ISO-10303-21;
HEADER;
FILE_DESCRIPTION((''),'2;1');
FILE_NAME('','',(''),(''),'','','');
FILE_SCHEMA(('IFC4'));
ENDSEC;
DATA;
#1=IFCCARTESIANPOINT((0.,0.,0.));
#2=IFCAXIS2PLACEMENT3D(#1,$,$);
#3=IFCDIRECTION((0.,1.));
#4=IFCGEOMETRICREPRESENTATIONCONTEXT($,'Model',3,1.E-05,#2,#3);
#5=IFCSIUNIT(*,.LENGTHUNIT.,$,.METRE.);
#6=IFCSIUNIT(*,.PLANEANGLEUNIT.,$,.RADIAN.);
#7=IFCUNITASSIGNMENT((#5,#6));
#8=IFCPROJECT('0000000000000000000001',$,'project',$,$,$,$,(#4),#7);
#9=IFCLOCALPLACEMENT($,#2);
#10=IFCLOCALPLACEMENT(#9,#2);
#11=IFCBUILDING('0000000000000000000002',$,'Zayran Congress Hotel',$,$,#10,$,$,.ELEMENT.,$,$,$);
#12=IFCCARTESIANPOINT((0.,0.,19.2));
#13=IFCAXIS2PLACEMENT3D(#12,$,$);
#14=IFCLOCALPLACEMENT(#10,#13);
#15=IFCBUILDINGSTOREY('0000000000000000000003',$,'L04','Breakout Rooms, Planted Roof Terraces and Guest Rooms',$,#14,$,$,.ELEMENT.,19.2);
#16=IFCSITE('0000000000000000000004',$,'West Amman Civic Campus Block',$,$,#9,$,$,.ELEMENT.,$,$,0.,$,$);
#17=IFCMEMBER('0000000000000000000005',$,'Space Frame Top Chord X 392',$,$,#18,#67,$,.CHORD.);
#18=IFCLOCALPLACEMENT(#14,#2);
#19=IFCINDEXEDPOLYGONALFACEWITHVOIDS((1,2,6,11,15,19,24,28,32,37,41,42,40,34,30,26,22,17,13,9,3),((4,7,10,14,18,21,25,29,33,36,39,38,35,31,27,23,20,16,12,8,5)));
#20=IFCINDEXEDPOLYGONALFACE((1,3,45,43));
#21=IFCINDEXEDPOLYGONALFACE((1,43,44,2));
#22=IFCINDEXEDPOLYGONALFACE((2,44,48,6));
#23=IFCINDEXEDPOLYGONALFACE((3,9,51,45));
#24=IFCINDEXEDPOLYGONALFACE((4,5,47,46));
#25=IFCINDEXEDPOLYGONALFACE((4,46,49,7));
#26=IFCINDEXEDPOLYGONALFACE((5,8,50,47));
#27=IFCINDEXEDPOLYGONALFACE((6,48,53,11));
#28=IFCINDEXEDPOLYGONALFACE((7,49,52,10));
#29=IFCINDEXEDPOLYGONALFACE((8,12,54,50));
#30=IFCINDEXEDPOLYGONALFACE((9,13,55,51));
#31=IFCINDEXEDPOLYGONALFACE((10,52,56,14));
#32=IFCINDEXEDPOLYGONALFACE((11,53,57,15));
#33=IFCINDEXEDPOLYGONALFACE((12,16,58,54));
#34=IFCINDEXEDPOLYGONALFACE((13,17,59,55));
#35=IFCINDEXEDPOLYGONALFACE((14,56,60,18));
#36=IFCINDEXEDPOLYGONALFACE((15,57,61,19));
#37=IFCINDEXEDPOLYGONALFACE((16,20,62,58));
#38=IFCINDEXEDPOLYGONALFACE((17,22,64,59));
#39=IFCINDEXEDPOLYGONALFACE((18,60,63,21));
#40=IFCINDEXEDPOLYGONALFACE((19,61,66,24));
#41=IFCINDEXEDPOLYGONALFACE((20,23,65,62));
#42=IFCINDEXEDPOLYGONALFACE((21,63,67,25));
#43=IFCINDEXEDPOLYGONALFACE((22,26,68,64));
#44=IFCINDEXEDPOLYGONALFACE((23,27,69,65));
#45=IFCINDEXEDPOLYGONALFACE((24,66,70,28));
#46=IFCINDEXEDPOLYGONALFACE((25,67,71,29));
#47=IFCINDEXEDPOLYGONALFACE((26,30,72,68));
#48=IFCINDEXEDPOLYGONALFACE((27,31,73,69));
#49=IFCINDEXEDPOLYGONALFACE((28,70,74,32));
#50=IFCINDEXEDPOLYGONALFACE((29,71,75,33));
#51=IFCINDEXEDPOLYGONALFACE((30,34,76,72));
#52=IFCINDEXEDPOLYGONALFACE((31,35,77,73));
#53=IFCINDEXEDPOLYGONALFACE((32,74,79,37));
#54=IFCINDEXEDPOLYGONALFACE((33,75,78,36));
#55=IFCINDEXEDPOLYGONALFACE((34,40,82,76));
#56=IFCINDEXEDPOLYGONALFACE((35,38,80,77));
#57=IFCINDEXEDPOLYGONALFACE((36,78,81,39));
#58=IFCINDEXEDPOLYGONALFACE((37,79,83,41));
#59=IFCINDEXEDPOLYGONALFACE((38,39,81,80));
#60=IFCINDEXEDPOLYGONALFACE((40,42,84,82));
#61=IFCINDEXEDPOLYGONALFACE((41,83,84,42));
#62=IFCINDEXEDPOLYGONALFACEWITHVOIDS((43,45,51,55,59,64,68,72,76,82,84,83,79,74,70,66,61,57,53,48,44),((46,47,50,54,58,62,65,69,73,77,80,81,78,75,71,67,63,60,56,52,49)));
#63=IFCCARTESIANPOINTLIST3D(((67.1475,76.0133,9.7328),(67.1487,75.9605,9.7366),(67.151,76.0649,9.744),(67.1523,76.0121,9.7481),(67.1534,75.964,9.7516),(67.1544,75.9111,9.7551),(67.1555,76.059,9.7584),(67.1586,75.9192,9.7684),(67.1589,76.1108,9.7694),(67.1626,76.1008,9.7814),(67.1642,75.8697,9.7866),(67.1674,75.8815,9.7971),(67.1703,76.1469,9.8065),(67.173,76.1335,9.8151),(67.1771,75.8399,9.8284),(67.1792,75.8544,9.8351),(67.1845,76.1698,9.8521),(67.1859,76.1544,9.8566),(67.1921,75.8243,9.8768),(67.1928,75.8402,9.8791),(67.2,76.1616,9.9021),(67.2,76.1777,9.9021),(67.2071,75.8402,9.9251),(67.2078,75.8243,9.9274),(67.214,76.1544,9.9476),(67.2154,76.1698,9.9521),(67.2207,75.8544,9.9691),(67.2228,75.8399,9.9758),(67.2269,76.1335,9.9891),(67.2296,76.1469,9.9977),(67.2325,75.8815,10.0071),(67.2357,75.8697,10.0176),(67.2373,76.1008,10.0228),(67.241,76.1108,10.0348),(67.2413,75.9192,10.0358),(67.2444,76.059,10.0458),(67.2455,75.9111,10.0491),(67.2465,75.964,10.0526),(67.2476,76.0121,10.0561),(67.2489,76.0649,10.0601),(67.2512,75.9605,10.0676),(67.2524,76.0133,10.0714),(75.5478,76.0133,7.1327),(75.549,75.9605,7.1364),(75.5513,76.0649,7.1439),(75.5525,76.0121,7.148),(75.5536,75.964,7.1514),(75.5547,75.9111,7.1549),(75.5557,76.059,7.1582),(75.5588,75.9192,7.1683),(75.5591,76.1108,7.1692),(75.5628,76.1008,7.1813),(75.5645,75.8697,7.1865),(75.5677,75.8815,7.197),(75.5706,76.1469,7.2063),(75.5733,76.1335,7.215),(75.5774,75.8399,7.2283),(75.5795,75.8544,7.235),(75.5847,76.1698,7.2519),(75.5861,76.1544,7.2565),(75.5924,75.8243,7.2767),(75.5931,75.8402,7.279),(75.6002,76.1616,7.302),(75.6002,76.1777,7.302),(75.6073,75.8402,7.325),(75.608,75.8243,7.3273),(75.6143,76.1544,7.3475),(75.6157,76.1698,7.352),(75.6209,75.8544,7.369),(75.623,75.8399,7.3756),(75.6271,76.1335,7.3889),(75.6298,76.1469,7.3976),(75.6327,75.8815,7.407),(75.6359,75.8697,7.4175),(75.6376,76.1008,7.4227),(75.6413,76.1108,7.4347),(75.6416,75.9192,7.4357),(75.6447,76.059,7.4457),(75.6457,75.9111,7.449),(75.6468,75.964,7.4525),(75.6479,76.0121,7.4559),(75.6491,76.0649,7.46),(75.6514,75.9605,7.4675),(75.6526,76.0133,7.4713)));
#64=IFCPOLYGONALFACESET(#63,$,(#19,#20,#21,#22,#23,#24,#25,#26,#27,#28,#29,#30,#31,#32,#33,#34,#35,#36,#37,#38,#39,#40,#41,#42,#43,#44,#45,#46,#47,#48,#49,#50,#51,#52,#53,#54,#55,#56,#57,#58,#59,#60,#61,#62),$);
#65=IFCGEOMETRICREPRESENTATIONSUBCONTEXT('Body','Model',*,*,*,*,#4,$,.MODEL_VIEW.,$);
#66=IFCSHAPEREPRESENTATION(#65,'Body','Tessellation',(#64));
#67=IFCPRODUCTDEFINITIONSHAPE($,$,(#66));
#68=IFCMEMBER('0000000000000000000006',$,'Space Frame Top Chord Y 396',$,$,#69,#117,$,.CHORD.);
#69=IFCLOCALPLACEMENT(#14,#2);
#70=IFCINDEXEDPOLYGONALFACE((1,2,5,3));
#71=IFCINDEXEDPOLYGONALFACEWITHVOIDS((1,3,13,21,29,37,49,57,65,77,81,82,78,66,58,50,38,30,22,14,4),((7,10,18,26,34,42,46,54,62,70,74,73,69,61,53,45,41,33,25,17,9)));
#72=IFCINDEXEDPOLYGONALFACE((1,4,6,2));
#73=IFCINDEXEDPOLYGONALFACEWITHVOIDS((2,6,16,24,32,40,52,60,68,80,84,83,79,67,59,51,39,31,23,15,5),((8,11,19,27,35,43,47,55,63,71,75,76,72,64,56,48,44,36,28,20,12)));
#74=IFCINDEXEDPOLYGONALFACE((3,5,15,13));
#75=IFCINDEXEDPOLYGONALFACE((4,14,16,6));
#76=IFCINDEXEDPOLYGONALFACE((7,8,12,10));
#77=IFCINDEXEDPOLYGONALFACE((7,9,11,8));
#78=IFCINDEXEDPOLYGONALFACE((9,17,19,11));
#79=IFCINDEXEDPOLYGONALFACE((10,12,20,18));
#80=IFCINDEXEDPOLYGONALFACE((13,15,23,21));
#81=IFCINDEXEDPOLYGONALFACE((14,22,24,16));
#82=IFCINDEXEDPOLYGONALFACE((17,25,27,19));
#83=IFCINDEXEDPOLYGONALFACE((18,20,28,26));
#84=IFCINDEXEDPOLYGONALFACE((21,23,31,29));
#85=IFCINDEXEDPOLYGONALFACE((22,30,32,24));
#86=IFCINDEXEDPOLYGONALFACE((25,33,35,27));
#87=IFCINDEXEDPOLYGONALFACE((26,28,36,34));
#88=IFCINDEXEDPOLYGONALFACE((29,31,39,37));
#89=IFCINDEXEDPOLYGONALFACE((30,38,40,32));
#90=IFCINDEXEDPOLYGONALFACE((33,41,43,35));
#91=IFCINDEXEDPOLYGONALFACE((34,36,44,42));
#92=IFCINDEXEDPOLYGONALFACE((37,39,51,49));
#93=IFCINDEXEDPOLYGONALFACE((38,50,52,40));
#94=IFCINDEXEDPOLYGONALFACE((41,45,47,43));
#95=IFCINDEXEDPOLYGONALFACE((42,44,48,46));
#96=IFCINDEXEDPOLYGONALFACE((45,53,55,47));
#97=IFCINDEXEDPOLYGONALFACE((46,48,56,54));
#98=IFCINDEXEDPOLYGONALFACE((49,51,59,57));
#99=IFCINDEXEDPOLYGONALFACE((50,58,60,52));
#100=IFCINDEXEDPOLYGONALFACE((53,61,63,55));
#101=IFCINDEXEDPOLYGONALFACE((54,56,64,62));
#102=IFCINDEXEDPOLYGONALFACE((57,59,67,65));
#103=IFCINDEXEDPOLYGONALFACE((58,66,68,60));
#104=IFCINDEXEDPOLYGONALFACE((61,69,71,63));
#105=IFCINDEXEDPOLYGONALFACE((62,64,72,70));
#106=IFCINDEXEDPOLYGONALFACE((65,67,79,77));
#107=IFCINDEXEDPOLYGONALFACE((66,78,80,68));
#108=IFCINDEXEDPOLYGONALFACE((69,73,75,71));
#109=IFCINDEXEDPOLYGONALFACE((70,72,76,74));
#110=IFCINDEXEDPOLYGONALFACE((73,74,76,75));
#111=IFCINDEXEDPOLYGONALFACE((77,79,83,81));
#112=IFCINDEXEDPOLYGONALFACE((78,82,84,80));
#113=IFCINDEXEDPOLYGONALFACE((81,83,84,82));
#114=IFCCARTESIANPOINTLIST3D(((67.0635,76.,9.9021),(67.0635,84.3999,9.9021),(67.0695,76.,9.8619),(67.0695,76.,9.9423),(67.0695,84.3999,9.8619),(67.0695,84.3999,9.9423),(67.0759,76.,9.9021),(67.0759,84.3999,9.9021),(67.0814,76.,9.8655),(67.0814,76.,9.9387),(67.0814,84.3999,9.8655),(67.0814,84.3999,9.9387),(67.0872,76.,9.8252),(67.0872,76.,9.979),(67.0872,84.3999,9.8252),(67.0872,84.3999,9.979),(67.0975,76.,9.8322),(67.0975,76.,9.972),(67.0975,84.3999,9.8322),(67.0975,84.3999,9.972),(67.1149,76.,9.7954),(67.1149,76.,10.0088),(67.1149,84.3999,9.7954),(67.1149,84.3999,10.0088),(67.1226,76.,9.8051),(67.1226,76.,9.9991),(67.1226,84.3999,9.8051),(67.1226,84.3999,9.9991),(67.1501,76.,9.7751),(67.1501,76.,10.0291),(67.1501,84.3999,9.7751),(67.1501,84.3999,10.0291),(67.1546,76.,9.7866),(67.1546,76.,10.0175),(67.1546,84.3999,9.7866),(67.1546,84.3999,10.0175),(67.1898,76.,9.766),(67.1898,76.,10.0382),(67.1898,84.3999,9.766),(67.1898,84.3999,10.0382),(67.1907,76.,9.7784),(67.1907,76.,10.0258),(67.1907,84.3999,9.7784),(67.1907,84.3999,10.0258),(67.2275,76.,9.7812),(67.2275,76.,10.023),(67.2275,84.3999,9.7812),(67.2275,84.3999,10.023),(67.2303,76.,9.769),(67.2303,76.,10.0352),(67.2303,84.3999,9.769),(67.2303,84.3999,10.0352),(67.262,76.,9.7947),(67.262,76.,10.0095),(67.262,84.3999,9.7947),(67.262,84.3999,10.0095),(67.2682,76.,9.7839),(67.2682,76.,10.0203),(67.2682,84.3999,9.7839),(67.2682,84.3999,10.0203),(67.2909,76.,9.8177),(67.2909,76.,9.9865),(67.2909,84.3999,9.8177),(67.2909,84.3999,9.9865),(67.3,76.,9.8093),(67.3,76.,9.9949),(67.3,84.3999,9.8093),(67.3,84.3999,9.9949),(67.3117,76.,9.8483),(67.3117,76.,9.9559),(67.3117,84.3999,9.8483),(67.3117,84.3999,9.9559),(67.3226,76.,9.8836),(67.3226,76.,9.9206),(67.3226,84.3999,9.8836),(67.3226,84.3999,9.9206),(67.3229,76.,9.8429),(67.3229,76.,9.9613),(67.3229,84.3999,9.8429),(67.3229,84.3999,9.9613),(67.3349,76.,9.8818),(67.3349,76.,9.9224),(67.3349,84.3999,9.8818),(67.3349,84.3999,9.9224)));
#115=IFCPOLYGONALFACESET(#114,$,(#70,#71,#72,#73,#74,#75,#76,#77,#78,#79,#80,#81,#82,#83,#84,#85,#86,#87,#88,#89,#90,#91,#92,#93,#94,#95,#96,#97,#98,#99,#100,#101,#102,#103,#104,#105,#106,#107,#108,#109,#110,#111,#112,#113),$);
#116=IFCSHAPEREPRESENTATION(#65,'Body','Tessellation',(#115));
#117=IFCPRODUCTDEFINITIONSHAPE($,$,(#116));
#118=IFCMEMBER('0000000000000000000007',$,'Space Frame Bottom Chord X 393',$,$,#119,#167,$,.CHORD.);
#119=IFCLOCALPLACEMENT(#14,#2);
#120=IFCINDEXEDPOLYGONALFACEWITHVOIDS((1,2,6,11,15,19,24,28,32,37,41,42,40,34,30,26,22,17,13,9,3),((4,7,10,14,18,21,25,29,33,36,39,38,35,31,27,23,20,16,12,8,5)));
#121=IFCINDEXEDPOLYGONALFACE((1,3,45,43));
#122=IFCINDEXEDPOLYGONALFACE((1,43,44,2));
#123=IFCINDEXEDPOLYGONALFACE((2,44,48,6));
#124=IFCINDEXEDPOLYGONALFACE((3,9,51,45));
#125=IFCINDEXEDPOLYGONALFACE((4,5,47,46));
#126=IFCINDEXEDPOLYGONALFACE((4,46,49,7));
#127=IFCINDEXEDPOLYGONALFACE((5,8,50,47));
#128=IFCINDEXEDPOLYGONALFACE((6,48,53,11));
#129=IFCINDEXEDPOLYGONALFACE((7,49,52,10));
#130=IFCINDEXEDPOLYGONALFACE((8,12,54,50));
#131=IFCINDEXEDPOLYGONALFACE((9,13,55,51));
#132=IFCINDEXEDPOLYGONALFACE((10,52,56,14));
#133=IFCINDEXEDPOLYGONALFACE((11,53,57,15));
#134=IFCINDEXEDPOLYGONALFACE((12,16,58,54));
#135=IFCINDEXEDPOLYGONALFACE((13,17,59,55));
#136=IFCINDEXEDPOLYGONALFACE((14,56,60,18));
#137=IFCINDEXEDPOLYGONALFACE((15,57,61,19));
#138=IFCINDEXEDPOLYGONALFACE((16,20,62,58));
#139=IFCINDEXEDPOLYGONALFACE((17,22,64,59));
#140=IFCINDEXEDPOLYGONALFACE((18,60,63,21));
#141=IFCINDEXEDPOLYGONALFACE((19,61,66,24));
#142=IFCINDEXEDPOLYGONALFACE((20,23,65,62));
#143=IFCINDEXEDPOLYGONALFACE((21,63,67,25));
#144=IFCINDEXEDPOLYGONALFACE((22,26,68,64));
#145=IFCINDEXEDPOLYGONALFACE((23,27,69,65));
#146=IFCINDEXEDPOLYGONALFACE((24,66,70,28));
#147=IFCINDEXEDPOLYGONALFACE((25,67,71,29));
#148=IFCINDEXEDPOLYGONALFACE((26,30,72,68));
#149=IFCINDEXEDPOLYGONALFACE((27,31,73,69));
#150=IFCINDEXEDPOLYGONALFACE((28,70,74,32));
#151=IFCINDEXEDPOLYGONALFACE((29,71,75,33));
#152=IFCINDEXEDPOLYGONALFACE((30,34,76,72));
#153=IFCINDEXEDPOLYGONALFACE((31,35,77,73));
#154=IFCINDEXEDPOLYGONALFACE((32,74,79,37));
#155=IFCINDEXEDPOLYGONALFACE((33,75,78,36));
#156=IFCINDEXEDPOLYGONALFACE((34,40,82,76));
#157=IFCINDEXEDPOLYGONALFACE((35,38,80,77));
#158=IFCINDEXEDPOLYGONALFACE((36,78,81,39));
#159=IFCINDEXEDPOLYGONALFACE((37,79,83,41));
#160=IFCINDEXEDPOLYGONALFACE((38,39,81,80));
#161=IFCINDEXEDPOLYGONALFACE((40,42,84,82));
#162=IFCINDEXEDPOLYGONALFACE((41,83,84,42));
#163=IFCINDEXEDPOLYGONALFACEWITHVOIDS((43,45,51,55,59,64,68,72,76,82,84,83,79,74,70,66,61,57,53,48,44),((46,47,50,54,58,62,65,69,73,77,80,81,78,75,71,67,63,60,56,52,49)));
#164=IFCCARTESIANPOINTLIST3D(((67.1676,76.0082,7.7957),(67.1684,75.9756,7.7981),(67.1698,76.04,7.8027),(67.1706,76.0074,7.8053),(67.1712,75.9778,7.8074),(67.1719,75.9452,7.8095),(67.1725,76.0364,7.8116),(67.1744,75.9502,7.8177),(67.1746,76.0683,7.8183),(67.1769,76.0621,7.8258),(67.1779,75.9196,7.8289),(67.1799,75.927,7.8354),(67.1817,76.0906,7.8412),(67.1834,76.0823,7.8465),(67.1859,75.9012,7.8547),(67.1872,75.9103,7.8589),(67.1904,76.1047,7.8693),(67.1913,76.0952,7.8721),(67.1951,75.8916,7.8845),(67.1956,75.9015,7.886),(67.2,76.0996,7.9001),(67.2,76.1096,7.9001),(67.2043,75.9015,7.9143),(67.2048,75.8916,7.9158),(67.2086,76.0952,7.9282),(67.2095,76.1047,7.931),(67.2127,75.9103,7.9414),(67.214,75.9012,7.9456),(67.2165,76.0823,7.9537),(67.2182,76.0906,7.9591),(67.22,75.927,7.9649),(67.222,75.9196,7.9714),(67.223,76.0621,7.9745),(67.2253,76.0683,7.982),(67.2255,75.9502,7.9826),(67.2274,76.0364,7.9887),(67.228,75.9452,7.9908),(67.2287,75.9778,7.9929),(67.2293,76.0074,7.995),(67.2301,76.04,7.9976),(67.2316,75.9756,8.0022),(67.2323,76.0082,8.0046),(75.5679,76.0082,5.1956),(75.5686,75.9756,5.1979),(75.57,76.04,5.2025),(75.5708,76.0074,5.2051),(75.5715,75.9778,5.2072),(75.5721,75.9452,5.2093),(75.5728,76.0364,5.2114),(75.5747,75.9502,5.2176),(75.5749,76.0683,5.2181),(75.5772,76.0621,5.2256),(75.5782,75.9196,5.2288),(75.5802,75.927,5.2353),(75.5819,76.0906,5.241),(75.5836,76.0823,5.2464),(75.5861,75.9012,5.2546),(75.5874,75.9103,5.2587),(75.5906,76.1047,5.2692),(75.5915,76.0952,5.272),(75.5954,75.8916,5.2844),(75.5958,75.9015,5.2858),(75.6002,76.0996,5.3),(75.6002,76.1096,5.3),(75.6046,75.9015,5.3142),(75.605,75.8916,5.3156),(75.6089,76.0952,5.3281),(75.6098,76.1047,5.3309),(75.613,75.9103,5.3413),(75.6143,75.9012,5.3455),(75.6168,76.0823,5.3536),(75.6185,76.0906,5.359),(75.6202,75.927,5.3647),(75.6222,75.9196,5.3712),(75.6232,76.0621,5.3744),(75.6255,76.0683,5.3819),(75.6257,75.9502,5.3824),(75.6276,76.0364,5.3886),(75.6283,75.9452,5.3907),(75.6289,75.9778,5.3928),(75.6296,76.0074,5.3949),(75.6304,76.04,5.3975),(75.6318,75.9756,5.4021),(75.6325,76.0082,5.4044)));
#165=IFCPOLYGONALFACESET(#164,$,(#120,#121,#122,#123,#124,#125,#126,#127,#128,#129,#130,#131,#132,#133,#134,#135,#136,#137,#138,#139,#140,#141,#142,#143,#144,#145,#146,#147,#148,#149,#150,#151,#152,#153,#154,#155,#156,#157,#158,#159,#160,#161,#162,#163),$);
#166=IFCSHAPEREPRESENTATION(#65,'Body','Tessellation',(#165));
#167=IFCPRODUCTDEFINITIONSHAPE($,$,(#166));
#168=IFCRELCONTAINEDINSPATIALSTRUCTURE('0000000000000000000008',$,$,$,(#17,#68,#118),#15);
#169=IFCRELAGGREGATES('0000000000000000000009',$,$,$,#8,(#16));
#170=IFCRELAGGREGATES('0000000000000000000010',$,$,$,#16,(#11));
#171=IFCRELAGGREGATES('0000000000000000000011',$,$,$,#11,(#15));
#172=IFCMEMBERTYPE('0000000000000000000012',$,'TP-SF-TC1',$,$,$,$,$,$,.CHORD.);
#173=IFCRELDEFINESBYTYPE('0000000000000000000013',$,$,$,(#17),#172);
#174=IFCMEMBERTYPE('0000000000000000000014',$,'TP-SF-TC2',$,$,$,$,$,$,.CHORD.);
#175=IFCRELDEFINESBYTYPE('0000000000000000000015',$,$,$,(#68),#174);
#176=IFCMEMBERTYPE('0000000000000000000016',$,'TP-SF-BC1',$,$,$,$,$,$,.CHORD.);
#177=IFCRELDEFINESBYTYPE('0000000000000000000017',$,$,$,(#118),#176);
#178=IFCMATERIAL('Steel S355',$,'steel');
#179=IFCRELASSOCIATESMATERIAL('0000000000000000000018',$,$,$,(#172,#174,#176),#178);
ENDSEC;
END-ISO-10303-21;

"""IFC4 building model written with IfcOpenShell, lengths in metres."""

from ifc_helpers import new_model, si_unit, direction, frame, origin, origin_2d, place, context, subcontext, project, spatial, hollow_circle, extrude, material, material_profile, profile_set, type_object, element, save


model = new_model("IFC4")

# Units and contexts
model_context = context("Model", 3, precision=1e-05, world=origin(), true_north=direction((0.0, 1.0)))
body_context = subcontext(model_context, "Body", "Model", "MODEL_VIEW")
ifc_project = project(units=[si_unit("LENGTHUNIT", "METRE"), si_unit("PLANEANGLEUNIT", "RADIAN")], contexts=[model_context])

# Site, building, storey
site_placement = place(None, origin())
site = spatial("IfcSite", under=ifc_project, at=site_placement, Name="West Amman Civic Campus Block", CompositionType="ELEMENT", RefElevation=0.0)
building_placement = place(site_placement, origin())
building = spatial("IfcBuilding", under=site, at=building_placement, Name="Zayran Congress Hotel", CompositionType="ELEMENT")
storey_placement = place(building_placement, frame((0.0, 0.0, 19.2)))
storey = spatial("IfcBuildingStorey", under=building, at=storey_placement, Name="L04", Description="Breakout Rooms, Planted Roof Terraces and Guest Rooms", CompositionType="ELEMENT", Elevation=19.2)

# Members
ifc_material_1 = material(Name="Steel S355", Category="steel")
ifc_material_profile_1 = material_profile(ifc_material_1, hollow_circle(Radius=0.1777, WallThickness=0.0161, at=origin_2d()), Name="CHS 355.6x16")
ifc_profile_set_1 = profile_set([ifc_material_profile_1], Name="Steel S355")
member_type_1 = type_object("IfcMemberType", Name="TP-SF-TC1", PredefinedType="CHORD", material=ifc_profile_set_1)
member_1_placement = place(storey_placement, frame((67.2, 76.0, 9.9021), z_axis=(0.955284, 0.0, -0.295689), x_axis=(0.0, 1.0, 0.0)))
element("IfcMember", 1, at=member_1_placement, inside=storey, type_object=member_type_1, Name="Space Frame Top Chord X 392", PredefinedType="CHORD", context=body_context, shape_type="SweptSolid", body=[
    extrude(hollow_circle(Radius=0.1777, WallThickness=0.0161, at=origin_2d()), origin(), (0.0, 0.0, 1.0), 8.7935),
])
ifc_material_profile_2 = material_profile(ifc_material_1, hollow_circle(Radius=0.1365, WallThickness=0.0125, at=origin_2d()), Name="CHS 273x12.5")
ifc_profile_set_2 = profile_set([ifc_material_profile_2], Name="Steel S355")
member_type_2 = type_object("IfcMemberType", Name="TP-SF-TC2", PredefinedType="CHORD", material=ifc_profile_set_2)
member_2_placement = place(storey_placement, frame((67.2, 76.0, 9.9021), z_axis=(0.0, 1.0, 0.0), x_axis=(-1.0, 0.0, 0.0)))
element("IfcMember", 2, at=member_2_placement, inside=storey, type_object=member_type_2, Name="Space Frame Top Chord Y 396", PredefinedType="CHORD", context=body_context, shape_type="SweptSolid", body=[
    extrude(hollow_circle(Radius=0.1365, WallThickness=0.0125, at=origin_2d()), origin(), (0.0, 0.0, 1.0), 8.3999),
])
ifc_material_profile_3 = material_profile(ifc_material_1, hollow_circle(Radius=0.1096, WallThickness=0.01, at=origin_2d()), Name="CHS 219.1x10")
ifc_profile_set_3 = profile_set([ifc_material_profile_3], Name="Steel S355")
member_type_3 = type_object("IfcMemberType", Name="TP-SF-BC1", PredefinedType="CHORD", material=ifc_profile_set_3)
member_3_placement = place(storey_placement, frame((67.2, 76.0, 7.9001), z_axis=(0.955284, 0.0, -0.295689), x_axis=(0.0, 1.0, 0.0)))
element("IfcMember", 3, at=member_3_placement, inside=storey, type_object=member_type_3, Name="Space Frame Bottom Chord X 393", PredefinedType="CHORD", context=body_context, shape_type="SweptSolid", body=[
    extrude(hollow_circle(Radius=0.1096, WallThickness=0.01, at=origin_2d()), origin(), (0.0, 0.0, 1.0), 8.7935),
])

save(model, "model.ifc")
